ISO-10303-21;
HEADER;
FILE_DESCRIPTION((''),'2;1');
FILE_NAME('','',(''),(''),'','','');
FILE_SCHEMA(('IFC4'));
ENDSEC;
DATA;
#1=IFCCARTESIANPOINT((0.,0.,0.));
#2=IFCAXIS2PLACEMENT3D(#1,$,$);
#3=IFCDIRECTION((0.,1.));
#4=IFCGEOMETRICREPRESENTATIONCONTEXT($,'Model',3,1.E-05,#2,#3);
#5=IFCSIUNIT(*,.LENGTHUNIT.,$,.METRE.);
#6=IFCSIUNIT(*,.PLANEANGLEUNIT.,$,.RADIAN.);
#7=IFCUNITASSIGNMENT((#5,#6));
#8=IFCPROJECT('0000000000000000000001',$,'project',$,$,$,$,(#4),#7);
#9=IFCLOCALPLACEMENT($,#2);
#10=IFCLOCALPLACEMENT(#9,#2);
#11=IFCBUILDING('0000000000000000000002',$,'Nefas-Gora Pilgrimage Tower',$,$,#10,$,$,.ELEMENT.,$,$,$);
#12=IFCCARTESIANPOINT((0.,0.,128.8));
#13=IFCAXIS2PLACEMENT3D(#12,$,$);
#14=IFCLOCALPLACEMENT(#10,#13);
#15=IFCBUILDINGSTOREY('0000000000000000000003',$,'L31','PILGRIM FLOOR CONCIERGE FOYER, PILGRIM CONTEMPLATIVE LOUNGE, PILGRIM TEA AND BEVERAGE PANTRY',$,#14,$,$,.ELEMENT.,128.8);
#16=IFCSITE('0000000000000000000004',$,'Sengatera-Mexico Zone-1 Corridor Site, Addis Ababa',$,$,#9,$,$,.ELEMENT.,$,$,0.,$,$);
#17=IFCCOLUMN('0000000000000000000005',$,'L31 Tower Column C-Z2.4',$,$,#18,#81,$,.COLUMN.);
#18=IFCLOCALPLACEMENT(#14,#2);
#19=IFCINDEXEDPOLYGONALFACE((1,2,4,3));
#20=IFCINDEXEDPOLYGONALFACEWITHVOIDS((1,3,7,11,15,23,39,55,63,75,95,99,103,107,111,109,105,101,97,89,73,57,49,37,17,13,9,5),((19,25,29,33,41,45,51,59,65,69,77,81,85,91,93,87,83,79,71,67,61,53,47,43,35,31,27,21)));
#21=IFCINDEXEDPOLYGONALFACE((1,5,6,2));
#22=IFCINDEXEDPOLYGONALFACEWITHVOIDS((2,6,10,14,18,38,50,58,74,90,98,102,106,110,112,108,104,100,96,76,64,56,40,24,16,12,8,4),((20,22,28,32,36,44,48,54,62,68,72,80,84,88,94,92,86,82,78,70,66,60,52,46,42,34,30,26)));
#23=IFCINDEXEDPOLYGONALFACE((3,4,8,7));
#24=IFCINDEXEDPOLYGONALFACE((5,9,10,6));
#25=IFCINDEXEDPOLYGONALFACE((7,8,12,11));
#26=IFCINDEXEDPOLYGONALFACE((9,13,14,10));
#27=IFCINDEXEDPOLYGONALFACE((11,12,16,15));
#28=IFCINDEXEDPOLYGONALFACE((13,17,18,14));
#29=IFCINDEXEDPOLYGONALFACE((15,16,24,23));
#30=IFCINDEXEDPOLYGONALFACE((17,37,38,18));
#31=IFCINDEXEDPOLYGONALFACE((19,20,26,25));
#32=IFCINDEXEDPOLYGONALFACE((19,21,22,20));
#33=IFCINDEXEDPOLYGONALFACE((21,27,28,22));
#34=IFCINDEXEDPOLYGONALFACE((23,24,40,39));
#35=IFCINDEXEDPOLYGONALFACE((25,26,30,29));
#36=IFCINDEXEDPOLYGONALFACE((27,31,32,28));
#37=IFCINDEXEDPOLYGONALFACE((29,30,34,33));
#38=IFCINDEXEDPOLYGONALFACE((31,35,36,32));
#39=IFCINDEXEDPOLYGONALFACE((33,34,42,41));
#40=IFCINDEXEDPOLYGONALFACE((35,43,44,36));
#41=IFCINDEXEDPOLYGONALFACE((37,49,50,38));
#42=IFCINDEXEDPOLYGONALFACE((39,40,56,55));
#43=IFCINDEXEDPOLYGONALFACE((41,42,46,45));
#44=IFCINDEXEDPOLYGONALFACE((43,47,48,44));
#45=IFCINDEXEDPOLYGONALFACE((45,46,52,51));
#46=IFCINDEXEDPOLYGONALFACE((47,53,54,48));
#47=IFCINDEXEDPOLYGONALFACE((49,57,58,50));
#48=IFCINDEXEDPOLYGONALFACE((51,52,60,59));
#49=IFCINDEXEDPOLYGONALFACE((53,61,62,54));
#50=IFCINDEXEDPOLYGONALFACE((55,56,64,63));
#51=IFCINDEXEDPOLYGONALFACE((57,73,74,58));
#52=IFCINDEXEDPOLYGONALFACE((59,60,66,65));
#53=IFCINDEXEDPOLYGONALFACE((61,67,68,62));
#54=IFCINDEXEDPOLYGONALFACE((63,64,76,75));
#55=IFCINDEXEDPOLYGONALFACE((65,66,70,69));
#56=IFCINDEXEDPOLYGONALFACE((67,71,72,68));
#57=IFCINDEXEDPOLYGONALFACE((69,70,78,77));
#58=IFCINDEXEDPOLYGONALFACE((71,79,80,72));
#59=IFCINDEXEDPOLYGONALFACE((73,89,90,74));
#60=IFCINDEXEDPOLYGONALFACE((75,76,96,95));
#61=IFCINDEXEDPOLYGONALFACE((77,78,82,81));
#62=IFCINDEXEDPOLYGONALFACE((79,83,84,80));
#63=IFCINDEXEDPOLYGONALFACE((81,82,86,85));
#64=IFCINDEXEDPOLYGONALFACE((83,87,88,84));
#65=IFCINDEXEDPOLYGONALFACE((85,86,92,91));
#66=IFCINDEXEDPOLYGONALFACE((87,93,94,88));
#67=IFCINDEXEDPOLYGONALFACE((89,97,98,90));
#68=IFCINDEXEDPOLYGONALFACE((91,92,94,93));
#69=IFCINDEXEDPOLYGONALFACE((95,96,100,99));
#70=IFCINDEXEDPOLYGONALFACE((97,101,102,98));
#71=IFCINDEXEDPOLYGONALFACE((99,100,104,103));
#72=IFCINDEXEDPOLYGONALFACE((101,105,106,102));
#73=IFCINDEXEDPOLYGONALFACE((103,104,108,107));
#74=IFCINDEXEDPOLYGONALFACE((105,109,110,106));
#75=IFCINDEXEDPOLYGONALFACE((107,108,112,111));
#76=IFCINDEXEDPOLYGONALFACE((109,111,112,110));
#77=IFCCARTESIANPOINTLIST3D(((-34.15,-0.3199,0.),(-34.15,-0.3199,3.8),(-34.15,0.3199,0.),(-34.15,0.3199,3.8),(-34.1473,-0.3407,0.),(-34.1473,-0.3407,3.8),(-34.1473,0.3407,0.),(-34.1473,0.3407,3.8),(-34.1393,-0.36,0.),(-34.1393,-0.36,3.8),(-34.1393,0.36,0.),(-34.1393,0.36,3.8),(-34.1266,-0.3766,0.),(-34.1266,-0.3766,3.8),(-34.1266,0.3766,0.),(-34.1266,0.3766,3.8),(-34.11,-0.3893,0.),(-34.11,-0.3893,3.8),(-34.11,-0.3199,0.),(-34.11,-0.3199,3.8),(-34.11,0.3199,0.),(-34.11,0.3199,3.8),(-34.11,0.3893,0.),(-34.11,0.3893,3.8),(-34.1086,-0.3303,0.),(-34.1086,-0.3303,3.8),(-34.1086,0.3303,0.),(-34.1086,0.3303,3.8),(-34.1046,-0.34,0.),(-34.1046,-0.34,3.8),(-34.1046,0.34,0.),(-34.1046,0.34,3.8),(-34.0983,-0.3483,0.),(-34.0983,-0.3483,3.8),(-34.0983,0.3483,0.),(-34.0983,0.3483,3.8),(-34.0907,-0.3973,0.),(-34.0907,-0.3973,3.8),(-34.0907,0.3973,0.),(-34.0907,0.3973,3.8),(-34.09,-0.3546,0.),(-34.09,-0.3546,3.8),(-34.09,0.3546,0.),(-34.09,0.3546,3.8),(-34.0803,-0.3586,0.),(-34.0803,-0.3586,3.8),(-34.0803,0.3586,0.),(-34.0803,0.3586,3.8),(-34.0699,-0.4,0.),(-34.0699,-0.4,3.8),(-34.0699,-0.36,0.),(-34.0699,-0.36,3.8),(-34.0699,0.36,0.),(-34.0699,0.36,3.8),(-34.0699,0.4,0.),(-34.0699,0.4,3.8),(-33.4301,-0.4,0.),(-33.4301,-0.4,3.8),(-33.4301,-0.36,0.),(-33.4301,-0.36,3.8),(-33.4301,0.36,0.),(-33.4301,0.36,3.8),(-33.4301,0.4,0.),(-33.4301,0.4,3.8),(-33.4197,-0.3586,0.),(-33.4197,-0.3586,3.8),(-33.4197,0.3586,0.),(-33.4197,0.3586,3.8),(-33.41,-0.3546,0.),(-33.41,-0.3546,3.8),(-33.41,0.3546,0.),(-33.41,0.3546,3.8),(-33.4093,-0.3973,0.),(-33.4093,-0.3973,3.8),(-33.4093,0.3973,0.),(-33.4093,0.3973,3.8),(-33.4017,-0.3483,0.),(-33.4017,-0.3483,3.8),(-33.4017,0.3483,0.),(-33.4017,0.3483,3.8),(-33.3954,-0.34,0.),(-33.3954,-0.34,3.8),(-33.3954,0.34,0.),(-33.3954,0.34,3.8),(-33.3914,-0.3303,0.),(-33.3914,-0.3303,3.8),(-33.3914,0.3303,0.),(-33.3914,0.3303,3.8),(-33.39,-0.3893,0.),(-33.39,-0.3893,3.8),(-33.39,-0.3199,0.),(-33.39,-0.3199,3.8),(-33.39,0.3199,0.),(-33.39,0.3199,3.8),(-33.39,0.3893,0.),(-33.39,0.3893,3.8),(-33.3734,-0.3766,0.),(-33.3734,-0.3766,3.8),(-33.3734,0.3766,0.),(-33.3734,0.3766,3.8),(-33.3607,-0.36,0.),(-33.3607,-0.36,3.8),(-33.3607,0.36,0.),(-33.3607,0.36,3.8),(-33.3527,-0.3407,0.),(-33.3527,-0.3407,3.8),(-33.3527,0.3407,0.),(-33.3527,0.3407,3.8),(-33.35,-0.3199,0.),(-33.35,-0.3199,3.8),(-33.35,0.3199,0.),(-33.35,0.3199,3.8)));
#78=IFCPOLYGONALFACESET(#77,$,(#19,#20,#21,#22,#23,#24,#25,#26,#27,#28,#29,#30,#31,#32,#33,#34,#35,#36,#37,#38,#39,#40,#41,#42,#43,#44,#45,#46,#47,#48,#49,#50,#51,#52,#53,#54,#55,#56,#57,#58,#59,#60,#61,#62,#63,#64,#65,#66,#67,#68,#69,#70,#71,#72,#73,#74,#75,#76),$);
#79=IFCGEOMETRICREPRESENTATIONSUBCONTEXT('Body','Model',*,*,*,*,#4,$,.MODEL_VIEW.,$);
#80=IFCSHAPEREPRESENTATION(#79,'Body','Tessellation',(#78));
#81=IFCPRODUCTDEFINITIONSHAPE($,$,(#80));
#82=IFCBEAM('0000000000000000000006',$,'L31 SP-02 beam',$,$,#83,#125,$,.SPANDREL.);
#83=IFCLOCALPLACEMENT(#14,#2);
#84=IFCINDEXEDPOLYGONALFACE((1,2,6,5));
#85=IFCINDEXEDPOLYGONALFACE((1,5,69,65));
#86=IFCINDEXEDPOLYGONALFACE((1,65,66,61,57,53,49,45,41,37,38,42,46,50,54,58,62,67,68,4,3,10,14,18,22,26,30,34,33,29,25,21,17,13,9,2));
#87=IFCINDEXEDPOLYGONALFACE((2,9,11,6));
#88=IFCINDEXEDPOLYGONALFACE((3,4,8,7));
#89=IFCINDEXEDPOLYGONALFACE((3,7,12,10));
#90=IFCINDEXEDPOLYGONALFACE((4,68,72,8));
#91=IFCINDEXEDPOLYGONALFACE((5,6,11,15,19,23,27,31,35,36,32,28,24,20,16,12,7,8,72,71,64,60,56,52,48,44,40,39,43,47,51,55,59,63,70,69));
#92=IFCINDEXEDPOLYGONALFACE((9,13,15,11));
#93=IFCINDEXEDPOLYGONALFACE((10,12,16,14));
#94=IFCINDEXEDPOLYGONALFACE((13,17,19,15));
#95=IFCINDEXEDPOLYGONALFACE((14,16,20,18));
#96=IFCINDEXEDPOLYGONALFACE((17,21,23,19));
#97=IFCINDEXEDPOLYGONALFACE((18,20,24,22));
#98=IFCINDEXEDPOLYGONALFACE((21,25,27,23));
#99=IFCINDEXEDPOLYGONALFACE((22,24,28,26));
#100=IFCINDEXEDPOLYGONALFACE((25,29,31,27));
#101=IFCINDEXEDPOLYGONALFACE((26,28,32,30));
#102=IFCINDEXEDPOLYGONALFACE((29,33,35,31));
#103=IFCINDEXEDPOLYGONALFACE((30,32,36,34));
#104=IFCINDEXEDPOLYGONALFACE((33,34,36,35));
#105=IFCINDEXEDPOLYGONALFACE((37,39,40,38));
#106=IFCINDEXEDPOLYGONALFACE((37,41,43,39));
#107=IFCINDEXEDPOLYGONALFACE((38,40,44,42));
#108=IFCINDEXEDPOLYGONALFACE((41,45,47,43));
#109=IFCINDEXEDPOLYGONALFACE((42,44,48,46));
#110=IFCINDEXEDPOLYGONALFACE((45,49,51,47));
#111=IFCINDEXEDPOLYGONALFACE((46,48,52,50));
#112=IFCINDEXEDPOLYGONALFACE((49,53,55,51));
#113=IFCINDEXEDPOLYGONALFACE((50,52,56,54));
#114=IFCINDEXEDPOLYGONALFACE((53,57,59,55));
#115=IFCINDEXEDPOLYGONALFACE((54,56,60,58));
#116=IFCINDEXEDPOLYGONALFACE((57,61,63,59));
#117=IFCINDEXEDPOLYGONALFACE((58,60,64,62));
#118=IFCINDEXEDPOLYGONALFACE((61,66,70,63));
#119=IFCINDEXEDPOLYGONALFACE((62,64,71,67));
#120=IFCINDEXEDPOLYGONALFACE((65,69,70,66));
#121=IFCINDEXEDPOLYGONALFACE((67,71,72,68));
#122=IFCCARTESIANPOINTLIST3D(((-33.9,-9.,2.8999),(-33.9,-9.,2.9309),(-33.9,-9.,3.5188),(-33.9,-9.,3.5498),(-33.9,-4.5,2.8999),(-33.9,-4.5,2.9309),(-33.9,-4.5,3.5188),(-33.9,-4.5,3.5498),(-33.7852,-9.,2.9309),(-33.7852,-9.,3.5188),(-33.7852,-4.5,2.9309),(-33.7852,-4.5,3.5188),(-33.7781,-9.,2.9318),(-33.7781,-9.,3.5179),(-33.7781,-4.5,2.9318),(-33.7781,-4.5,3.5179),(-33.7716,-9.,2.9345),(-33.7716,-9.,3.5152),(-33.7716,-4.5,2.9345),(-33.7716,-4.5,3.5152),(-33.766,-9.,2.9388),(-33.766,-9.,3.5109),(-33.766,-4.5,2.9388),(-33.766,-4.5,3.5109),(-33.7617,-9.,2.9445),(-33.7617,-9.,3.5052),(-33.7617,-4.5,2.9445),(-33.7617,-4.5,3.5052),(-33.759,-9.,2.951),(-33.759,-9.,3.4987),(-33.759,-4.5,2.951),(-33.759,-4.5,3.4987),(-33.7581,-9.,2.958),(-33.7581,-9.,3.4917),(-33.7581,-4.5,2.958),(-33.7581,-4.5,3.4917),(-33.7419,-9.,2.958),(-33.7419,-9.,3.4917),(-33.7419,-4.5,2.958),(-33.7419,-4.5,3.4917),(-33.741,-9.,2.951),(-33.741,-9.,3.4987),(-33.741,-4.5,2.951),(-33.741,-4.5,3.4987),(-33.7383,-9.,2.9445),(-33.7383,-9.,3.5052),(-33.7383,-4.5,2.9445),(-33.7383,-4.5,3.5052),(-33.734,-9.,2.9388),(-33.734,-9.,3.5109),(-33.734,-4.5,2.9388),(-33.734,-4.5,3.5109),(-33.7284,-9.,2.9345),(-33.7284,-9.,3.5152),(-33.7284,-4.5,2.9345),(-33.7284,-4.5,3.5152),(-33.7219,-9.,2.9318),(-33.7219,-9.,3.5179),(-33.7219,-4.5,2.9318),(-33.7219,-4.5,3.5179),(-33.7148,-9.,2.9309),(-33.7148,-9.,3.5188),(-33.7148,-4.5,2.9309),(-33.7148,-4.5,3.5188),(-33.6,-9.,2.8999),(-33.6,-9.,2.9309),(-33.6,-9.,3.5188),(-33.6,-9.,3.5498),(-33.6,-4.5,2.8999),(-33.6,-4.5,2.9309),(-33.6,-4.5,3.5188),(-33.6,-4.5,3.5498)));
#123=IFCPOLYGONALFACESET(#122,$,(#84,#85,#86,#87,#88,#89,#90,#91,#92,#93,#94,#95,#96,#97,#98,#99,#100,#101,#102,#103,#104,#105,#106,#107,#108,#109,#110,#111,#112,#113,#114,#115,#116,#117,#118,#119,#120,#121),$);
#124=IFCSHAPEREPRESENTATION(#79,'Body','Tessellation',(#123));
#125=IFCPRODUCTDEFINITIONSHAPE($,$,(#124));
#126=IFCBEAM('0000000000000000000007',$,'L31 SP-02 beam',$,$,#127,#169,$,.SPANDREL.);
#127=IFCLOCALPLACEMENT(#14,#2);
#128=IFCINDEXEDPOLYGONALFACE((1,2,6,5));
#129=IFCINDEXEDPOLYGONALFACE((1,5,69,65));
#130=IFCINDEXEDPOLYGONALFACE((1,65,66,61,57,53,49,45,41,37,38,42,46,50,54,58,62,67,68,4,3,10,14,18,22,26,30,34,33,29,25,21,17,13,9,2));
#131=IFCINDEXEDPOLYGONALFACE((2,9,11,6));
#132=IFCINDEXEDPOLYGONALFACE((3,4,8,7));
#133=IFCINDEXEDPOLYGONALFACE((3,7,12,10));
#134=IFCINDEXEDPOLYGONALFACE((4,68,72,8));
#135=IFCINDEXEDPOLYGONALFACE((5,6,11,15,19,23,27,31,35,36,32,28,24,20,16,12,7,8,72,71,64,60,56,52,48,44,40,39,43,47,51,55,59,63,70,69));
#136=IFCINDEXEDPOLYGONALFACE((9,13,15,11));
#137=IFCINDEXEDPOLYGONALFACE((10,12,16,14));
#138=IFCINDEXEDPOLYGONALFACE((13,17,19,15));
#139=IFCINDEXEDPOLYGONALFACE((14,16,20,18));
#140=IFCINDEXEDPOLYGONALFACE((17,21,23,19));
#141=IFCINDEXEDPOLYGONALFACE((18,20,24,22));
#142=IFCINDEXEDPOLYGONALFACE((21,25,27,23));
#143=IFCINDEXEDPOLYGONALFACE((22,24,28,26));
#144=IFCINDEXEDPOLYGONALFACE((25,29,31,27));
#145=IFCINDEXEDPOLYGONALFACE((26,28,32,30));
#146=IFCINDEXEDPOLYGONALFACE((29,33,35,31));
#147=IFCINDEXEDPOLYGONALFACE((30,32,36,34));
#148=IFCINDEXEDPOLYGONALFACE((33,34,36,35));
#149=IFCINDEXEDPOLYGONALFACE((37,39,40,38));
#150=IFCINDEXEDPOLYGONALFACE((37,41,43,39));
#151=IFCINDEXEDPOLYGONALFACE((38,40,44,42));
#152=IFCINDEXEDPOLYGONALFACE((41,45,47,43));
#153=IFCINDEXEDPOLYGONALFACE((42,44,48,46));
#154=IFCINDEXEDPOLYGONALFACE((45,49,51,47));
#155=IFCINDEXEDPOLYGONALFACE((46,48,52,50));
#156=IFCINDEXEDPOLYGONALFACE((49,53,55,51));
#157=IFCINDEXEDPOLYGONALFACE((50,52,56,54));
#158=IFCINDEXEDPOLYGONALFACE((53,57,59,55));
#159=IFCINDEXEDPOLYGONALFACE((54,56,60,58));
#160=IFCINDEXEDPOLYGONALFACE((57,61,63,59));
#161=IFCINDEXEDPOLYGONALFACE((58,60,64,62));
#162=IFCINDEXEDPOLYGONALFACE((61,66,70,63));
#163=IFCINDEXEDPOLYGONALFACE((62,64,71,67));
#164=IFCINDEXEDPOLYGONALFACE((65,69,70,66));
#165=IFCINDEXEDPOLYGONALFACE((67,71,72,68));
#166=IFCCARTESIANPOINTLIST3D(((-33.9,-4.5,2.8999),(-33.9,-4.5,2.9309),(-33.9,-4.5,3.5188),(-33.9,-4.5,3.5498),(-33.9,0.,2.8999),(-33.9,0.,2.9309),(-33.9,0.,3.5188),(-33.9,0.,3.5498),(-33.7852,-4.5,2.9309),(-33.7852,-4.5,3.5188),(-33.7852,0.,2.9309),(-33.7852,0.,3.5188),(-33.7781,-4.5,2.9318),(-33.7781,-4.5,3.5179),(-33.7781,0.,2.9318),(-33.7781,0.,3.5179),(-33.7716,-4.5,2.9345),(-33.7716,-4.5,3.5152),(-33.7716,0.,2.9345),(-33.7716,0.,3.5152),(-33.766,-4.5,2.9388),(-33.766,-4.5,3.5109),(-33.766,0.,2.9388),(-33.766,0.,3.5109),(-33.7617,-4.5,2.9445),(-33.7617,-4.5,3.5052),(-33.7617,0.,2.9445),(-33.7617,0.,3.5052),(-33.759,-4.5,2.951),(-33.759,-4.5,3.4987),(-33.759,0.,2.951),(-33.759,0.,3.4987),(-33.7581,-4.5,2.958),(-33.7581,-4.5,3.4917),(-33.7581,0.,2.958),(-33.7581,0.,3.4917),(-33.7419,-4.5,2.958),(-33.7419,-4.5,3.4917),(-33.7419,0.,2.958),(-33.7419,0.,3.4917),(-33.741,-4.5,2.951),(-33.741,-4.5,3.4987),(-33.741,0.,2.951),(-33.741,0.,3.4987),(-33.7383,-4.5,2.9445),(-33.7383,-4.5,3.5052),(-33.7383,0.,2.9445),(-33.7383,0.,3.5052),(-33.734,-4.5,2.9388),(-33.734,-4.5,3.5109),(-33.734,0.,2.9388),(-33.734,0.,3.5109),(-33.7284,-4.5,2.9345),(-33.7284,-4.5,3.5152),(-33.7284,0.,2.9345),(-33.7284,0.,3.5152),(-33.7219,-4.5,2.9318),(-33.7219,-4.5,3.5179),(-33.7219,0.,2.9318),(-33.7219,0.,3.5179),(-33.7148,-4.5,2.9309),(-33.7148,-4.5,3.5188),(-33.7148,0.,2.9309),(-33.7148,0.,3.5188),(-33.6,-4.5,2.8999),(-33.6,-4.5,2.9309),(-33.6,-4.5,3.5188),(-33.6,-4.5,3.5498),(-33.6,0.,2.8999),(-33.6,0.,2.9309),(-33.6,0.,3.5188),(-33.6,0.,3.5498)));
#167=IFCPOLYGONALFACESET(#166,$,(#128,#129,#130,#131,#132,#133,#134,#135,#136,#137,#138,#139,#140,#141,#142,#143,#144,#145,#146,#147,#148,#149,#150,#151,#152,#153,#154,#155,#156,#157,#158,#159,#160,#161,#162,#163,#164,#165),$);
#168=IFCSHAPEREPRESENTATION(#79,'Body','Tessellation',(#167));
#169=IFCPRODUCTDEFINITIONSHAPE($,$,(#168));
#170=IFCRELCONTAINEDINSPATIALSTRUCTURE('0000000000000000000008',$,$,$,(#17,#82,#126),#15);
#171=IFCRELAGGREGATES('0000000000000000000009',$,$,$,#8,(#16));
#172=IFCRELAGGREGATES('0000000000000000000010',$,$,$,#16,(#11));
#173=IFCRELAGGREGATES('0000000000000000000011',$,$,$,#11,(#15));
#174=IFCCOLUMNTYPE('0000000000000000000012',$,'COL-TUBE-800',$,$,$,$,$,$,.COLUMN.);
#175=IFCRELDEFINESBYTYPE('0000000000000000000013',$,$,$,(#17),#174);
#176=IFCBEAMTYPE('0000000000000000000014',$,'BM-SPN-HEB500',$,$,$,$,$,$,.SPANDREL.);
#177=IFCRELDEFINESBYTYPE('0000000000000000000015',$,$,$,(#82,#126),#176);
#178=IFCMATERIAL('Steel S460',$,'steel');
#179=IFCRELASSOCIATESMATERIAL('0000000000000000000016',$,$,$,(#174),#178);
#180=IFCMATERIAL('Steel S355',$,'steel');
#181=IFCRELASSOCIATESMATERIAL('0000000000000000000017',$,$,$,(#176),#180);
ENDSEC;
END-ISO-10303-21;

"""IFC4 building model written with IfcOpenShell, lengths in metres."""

from ifc_helpers import new_model, si_unit, direction, frame, origin, origin_2d, place, context, subcontext, project, spatial, hollow_rectangle, i_section, extrude, source, transform, mapped, material, material_profile, profile_set, type_object, element, save


model = new_model("IFC4")

# Units and contexts
model_context = context("Model", 3, precision=1e-05, world=origin(), true_north=direction((0.0, 1.0)))
body_context = subcontext(model_context, "Body", "Model", "MODEL_VIEW")
ifc_project = project(units=[si_unit("LENGTHUNIT", "METRE"), si_unit("PLANEANGLEUNIT", "RADIAN")], contexts=[model_context])

# Site, building, storey
site_placement = place(None, origin())
site = spatial("IfcSite", under=ifc_project, at=site_placement, Name="Sengatera-Mexico Zone-1 Corridor Site, Addis Ababa", CompositionType="ELEMENT", RefElevation=0.0)
building_placement = place(site_placement, origin())
building = spatial("IfcBuilding", under=site, at=building_placement, Name="Nefas-Gora Pilgrimage Tower", CompositionType="ELEMENT")
storey_placement = place(building_placement, frame((0.0, 0.0, 128.8)))
storey = spatial("IfcBuildingStorey", under=building, at=storey_placement, Name="L31", Description="PILGRIM FLOOR CONCIERGE FOYER, PILGRIM CONTEMPLATIVE LOUNGE, PILGRIM TEA AND BEVERAGE PANTRY", CompositionType="ELEMENT", Elevation=128.8)

# Column
ifc_material_1 = material(Name="Steel S460", Category="steel")
ifc_material_profile_1 = material_profile(ifc_material_1, hollow_rectangle(XDim=0.8, YDim=0.8, WallThickness=0.04, InnerFilletRadius=0.04, OuterFilletRadius=0.0801, at=origin_2d()), Name="BOX 800x800x40")
ifc_profile_set_1 = profile_set([ifc_material_profile_1], Name="Steel S460")
column_type_1 = type_object("IfcColumnType", Name="COL-TUBE-800", PredefinedType="COLUMN", material=ifc_profile_set_1)
shared_shape_1 = source(origin(), body_context, "Body", "SweptSolid", [
    extrude(hollow_rectangle(XDim=0.8, YDim=0.8, WallThickness=0.04, InnerFilletRadius=0.04, OuterFilletRadius=0.0801, at=origin_2d()), origin(), (0.0, 0.0, 1.0), 3.8),
])
for number, where, z_axis, x_axis, name in (
    (1, (-33.75, 0.0, 0.0), (0.0, 0.0, 1.0), (1.0, 0.0, 0.0), "L31 Tower Column C-Z2.4"),
):
    element("IfcColumn", number, at=place(storey_placement, frame(where, z_axis=z_axis, x_axis=x_axis)), inside=storey, type_object=column_type_1, Name=name, PredefinedType="COLUMN", context=body_context, shape_type="MappedRepresentation", body=[
        mapped(shared_shape_1, transform((0.0, 0.0, 0.0), x_axis=(1.0, 0.0, 0.0), y_axis=(0.0, 1.0, 0.0), z_axis=(0.0, 0.0, 1.0), scale=1.0)),
    ])

# Beams
ifc_material_2 = material(Name="Steel S355", Category="steel")
ifc_material_profile_2 = material_profile(ifc_material_2, i_section(OverallWidth=0.3, OverallDepth=0.6499, WebThickness=0.0161, FlangeThickness=0.031, FilletRadius=0.0271, at=origin_2d()), Name="HEB 650")
ifc_profile_set_2 = profile_set([ifc_material_profile_2], Name="Steel S355")
beam_type_1 = type_object("IfcBeamType", Name="BM-SPN-HEB500", PredefinedType="SPANDREL", material=ifc_profile_set_2)
shared_shape_2 = source(origin(), body_context, "Body", "SweptSolid", [
    extrude(i_section(OverallWidth=0.3, OverallDepth=0.6499, WebThickness=0.0161, FlangeThickness=0.031, FilletRadius=0.0271, at=origin_2d()), origin(), (0.0, 0.0, 1.0), 4.5),
])
for number, where, z_axis, x_axis, name in (
    (2, (-33.75, -9.0, 3.2249), (0.0, 1.0, 0.0), (-1.0, 0.0, 0.0), "L31 SP-02 beam"),
    (3, (-33.75, -4.5, 3.2249), (0.0, 1.0, 0.0), (-1.0, 0.0, 0.0), "L31 SP-02 beam"),
):
    element("IfcBeam", number, at=place(storey_placement, frame(where, z_axis=z_axis, x_axis=x_axis)), inside=storey, type_object=beam_type_1, Name=name, PredefinedType="SPANDREL", context=body_context, shape_type="MappedRepresentation", body=[
        mapped(shared_shape_2, transform((0.0, 0.0, 0.0), x_axis=(1.0, 0.0, 0.0), y_axis=(0.0, 1.0, 0.0), z_axis=(0.0, 0.0, 1.0), scale=1.0)),
    ])

save(model, "model.ifc")
